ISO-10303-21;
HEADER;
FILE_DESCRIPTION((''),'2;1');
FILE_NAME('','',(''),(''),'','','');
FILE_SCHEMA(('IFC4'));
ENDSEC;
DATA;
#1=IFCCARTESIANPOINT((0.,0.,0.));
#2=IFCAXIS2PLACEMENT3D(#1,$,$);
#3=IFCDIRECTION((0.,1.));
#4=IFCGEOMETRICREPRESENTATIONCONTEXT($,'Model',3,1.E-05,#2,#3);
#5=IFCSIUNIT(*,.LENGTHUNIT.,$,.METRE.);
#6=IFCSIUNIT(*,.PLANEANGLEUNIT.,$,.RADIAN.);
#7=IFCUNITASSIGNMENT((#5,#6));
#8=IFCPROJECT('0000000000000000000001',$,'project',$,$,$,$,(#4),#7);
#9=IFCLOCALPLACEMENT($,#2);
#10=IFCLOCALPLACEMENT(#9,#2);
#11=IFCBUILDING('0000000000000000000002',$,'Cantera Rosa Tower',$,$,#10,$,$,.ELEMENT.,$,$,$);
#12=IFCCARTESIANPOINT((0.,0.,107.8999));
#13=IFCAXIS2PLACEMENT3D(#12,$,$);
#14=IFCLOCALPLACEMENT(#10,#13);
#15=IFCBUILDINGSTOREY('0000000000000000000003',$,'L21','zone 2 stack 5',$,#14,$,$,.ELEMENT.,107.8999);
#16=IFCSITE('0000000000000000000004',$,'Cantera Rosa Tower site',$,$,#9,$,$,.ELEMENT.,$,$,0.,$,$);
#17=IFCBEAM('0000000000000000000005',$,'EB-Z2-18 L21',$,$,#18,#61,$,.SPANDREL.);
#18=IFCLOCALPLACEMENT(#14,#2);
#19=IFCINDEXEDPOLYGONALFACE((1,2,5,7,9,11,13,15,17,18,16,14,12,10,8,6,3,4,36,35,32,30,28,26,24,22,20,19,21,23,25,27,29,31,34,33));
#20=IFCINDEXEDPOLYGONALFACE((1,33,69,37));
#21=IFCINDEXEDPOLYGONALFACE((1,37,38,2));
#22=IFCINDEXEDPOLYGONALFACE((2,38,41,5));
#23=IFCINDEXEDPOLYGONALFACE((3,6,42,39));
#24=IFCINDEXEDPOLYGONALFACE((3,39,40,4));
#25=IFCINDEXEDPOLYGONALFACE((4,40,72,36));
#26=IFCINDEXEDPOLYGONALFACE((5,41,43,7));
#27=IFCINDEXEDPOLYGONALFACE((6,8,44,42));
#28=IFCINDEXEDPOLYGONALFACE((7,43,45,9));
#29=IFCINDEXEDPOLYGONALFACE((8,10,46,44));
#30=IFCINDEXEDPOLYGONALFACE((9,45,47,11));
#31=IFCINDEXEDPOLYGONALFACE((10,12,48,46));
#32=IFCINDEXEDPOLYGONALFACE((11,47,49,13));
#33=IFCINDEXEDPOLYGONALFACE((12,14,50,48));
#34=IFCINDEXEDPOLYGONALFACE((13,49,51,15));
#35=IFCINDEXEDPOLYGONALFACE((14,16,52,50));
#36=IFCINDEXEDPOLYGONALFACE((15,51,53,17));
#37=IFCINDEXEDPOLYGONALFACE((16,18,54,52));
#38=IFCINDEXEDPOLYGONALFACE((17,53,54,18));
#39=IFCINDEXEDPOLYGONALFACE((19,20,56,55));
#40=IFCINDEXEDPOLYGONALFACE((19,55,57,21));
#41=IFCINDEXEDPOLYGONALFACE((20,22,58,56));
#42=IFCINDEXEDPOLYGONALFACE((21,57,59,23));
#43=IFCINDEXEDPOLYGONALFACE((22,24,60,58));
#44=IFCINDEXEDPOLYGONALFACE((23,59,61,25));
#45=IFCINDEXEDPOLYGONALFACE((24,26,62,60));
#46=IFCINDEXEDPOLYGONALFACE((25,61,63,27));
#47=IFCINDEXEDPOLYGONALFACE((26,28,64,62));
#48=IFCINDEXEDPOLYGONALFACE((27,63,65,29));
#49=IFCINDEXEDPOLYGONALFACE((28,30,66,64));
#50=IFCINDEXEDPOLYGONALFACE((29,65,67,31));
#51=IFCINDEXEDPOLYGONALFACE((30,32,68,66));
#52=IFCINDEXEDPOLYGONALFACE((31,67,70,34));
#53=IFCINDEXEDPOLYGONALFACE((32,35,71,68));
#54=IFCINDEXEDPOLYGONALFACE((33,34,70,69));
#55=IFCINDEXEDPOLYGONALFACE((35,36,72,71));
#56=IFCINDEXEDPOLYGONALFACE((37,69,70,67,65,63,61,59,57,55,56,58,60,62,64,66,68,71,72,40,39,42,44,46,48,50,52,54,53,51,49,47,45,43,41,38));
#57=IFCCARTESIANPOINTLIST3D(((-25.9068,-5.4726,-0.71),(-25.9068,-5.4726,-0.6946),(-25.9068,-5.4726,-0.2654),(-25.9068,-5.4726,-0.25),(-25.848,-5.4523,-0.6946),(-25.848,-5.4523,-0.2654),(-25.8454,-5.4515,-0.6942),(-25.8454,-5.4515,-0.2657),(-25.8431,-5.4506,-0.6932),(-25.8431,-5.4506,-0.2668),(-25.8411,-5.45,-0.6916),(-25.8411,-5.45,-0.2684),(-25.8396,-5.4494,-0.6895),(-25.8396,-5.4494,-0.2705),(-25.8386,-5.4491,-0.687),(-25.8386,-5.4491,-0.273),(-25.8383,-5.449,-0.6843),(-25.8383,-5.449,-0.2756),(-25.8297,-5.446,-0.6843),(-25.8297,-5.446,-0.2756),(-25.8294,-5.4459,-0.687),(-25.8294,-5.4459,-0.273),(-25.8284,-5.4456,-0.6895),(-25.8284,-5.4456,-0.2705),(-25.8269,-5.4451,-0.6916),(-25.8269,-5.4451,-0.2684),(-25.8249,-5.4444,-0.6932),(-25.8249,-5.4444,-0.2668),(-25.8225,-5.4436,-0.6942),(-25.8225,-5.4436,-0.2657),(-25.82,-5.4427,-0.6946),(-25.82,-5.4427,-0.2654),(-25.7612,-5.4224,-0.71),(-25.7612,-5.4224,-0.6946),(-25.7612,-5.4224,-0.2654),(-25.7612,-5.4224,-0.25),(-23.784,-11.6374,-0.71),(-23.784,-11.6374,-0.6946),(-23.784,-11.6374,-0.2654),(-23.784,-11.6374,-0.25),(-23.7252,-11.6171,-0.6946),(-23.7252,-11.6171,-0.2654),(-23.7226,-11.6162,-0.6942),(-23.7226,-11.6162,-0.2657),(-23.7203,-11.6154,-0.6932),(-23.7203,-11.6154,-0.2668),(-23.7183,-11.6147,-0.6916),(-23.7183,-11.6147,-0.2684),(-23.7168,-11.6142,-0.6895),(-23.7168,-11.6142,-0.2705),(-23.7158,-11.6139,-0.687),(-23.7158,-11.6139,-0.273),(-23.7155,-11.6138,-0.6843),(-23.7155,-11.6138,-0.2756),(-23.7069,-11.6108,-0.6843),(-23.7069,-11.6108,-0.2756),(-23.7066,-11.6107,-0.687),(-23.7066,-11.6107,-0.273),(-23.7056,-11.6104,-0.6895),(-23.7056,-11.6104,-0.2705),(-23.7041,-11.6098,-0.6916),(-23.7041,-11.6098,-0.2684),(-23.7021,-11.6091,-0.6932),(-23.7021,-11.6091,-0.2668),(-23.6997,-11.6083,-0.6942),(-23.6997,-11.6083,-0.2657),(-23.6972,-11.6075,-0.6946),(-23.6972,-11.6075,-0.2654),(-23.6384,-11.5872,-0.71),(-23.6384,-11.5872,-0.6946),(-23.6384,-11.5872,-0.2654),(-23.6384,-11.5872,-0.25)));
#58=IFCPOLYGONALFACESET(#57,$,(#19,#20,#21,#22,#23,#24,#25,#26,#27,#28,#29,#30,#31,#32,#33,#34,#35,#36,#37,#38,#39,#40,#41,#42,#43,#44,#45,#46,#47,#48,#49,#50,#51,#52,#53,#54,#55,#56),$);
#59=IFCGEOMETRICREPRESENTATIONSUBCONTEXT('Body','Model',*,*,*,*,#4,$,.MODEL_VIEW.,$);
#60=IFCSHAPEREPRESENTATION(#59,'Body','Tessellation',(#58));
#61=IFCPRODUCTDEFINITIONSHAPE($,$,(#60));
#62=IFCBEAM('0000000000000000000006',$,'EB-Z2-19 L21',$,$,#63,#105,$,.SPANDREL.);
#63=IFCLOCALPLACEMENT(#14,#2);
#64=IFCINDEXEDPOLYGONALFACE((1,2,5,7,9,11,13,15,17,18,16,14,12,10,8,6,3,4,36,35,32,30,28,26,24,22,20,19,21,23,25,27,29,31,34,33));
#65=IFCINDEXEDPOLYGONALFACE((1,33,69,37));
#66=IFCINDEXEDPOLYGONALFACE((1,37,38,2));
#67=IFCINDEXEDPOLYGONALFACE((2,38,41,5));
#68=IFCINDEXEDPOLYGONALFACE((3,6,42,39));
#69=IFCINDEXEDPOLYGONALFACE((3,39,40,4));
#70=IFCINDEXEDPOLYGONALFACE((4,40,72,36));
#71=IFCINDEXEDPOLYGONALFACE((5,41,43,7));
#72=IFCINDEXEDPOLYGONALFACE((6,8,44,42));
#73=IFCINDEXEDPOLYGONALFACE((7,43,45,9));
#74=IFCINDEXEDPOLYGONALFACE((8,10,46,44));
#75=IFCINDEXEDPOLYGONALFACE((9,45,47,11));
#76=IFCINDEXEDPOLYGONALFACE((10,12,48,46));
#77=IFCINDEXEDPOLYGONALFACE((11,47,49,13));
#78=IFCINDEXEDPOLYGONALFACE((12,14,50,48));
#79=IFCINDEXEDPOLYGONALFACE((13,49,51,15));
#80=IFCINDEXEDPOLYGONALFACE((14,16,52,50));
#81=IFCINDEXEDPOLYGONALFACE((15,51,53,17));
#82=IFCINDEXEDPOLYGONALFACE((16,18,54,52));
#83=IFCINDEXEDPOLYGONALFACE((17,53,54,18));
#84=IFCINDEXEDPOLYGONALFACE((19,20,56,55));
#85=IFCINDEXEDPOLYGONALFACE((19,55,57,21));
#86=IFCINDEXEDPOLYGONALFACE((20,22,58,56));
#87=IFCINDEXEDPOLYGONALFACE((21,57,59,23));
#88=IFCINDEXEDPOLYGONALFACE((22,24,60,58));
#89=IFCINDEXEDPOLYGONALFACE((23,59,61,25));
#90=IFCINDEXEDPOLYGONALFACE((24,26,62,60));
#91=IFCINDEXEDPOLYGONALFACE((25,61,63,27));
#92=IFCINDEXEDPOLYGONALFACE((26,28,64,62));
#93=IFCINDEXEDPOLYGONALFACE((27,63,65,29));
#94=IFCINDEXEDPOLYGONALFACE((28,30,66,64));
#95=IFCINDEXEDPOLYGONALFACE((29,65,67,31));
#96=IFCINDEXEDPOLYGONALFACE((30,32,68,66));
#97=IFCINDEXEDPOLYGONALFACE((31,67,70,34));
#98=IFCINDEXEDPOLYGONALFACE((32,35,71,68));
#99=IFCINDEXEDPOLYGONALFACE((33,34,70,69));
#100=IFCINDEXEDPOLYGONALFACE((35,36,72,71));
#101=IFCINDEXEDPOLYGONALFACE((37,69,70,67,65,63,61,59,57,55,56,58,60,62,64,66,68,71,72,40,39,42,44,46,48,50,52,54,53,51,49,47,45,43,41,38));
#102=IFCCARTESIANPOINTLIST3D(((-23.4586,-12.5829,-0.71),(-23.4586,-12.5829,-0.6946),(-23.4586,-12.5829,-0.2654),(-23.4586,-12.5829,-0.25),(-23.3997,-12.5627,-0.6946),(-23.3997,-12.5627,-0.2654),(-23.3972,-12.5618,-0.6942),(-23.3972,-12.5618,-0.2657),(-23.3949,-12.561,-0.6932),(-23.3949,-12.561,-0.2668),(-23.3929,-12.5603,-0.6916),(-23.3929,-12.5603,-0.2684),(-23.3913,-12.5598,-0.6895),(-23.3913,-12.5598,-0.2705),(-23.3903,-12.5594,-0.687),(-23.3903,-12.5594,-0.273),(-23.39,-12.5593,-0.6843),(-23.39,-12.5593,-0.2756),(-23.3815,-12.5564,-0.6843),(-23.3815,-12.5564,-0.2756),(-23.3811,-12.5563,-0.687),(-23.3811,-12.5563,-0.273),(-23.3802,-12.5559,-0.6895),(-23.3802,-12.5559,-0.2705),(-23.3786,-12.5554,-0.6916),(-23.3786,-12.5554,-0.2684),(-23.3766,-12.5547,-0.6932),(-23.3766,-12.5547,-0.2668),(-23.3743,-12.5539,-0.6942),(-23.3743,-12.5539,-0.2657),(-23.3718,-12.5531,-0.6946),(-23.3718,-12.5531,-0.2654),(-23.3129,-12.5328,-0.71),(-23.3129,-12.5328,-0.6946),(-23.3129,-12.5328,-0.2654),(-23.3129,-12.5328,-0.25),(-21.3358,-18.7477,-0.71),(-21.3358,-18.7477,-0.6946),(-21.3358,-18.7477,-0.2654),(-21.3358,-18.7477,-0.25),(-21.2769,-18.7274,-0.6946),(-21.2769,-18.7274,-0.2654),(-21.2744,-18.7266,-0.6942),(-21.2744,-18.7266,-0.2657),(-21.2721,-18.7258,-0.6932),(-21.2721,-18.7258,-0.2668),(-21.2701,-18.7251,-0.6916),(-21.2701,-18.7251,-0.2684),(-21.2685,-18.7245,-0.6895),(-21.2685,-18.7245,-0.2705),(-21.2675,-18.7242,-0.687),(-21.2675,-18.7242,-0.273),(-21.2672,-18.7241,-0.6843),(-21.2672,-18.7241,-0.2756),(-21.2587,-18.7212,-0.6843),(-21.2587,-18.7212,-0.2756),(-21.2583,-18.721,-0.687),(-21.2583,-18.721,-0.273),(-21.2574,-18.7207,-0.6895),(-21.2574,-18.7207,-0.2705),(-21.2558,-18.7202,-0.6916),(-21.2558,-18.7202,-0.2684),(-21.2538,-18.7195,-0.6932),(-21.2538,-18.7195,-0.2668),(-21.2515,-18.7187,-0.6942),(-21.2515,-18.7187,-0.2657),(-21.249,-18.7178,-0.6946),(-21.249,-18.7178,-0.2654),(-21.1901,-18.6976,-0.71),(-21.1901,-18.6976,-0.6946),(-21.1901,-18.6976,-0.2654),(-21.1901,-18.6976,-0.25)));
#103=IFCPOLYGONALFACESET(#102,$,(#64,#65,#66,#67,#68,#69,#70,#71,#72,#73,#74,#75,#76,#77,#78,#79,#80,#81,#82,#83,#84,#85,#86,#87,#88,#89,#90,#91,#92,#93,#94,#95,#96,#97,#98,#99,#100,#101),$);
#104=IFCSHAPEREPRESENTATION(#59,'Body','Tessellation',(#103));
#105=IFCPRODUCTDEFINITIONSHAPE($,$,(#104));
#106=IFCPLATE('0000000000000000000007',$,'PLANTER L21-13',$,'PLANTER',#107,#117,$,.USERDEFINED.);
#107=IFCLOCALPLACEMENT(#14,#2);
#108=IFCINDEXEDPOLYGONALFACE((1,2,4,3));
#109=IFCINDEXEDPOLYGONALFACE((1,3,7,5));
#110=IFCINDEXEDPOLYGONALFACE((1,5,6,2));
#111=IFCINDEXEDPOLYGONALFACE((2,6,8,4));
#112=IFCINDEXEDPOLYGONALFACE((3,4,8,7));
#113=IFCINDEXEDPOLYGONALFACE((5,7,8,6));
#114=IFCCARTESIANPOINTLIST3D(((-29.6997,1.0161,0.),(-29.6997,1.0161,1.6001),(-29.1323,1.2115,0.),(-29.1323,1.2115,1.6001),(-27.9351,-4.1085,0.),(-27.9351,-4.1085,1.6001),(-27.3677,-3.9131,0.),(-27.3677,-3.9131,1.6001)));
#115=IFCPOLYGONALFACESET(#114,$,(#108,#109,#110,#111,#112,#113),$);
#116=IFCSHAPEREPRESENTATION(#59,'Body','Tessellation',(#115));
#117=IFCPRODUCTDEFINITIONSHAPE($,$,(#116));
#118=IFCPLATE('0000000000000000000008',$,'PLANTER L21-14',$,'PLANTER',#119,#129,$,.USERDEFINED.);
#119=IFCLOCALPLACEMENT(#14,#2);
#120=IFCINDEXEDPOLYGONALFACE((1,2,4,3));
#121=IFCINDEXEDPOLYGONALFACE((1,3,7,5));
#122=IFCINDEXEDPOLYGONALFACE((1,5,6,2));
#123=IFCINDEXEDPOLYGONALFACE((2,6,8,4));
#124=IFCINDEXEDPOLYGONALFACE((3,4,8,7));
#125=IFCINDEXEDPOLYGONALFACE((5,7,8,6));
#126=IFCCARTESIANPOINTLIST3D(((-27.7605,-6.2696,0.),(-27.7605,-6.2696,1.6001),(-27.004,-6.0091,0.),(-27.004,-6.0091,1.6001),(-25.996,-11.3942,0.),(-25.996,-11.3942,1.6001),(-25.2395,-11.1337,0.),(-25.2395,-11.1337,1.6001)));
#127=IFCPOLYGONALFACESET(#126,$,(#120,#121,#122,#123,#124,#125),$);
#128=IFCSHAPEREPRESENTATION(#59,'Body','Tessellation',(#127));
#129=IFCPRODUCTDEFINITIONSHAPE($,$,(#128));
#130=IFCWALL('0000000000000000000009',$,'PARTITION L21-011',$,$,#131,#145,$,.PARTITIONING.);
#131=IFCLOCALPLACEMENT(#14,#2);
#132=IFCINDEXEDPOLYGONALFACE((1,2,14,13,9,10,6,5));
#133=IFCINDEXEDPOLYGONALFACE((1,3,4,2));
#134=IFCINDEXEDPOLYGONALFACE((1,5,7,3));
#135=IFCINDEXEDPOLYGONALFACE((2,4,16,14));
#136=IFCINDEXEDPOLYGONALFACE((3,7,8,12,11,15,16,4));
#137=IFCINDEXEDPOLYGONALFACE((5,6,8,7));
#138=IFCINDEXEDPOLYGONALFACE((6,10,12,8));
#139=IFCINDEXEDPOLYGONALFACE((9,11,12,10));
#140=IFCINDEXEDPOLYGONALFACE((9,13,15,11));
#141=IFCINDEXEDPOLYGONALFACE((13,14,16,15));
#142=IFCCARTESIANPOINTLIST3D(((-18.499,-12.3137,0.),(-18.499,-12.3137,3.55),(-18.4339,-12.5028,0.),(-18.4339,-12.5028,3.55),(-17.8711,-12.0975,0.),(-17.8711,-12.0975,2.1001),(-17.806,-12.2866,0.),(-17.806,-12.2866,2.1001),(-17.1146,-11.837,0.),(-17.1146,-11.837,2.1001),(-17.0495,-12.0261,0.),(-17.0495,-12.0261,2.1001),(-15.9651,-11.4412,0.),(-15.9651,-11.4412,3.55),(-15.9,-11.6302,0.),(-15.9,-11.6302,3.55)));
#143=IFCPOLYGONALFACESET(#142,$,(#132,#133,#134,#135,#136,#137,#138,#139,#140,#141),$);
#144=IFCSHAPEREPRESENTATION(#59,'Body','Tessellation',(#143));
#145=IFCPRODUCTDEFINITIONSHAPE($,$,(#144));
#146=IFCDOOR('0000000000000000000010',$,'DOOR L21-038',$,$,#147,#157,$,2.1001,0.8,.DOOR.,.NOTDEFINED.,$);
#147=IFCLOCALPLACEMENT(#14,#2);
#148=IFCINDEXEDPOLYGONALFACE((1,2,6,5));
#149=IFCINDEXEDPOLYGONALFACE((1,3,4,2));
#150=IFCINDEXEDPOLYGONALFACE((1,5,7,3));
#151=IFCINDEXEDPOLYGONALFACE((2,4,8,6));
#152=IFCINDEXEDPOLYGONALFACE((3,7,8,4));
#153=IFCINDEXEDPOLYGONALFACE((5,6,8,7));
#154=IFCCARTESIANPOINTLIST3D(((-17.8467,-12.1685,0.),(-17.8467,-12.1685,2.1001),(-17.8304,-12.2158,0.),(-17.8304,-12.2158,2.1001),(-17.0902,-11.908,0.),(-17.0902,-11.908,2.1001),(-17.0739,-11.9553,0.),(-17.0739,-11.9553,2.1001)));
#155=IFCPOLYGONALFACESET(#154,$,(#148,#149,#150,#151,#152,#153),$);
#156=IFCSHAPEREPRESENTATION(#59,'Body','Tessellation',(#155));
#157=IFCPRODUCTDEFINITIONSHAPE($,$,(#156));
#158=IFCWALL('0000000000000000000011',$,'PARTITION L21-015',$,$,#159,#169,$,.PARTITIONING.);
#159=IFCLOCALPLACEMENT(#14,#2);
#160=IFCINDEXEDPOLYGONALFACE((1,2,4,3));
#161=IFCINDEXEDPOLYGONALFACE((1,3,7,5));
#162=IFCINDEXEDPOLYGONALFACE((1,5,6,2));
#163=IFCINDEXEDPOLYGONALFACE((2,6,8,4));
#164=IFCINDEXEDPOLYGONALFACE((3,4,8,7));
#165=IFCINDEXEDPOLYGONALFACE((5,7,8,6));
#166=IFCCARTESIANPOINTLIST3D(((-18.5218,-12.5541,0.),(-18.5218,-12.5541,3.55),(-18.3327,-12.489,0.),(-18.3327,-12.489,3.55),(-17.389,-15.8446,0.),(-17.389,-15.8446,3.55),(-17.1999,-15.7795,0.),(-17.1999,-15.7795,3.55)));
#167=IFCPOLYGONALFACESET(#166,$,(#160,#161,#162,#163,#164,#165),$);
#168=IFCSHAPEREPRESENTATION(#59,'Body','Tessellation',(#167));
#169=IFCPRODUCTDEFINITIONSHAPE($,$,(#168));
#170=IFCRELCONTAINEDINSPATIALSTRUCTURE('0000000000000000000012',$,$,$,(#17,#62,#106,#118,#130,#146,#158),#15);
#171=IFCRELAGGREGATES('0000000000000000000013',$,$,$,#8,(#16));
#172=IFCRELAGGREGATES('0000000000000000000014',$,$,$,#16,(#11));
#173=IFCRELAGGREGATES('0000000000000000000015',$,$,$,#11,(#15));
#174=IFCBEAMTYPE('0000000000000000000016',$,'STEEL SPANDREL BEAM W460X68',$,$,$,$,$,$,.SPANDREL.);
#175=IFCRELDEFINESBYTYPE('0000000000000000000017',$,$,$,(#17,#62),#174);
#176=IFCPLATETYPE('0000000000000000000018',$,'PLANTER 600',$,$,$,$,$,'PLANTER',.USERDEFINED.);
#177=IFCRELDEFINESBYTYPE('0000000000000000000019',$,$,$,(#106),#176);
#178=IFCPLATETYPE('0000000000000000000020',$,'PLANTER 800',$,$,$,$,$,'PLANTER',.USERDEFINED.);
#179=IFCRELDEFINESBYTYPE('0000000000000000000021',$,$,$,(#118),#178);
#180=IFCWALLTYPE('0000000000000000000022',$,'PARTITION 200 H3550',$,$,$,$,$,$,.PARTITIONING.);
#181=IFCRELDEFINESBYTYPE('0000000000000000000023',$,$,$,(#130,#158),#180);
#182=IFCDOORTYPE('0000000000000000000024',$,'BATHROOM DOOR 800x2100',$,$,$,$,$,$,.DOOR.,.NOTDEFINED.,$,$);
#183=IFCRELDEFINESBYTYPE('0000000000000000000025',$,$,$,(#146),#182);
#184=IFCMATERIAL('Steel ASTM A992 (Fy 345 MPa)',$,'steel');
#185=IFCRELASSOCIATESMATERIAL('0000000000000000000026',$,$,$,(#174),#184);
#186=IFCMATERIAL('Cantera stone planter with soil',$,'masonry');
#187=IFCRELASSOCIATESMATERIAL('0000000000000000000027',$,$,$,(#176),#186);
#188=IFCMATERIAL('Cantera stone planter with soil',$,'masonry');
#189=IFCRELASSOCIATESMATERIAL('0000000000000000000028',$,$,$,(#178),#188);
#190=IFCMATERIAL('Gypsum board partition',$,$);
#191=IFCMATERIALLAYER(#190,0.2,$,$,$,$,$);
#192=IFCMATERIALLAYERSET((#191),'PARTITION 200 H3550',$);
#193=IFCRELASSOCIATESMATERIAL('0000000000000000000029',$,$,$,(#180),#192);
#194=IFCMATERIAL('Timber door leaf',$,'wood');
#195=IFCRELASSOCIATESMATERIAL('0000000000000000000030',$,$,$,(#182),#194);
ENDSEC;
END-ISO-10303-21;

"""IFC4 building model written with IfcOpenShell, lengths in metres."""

from ifc_helpers import new_model, si_unit, direction, frame, frame_2d, origin, origin_2d, place, context, subcontext, project, spatial, rectangle, i_section, extrude, material, layer, layer_set, material_profile, profile_set, type_object, element, fill, save


model = new_model("IFC4")

# Units and contexts
model_context = context("Model", 3, precision=1e-05, world=origin(), true_north=direction((0.0, 1.0)))
body_context = subcontext(model_context, "Body", "Model", "MODEL_VIEW")
ifc_project = project(units=[si_unit("LENGTHUNIT", "METRE"), si_unit("PLANEANGLEUNIT", "RADIAN")], contexts=[model_context])

# Site, building, storey
site_placement = place(None, origin())
site = spatial("IfcSite", under=ifc_project, at=site_placement, Name="Cantera Rosa Tower site", CompositionType="ELEMENT", RefElevation=0.0)
building_placement = place(site_placement, origin())
building = spatial("IfcBuilding", under=site, at=building_placement, Name="Cantera Rosa Tower", CompositionType="ELEMENT")
storey_placement = place(building_placement, frame((0.0, 0.0, 107.8999)))
storey = spatial("IfcBuildingStorey", under=building, at=storey_placement, Name="L21", Description="zone 2 stack 5", CompositionType="ELEMENT", Elevation=107.8999)

# Beams
ifc_material_1 = material(Name="Steel ASTM A992 (Fy 345 MPa)", Category="steel")
ifc_material_profile_1 = material_profile(ifc_material_1, i_section(OverallWidth=0.1541, OverallDepth=0.46, WebThickness=0.009, FlangeThickness=0.0154, FilletRadius=0.0103, at=origin_2d()), Name="W460X68")
ifc_profile_set_1 = profile_set([ifc_material_profile_1], Name="Steel ASTM A992 (Fy 345 MPa)")
beam_type_1 = type_object("IfcBeamType", Name="STEEL SPANDREL BEAM W460X68", PredefinedType="SPANDREL", material=ifc_profile_set_1)
for number, where, z_axis, x_axis, name in (
    (1, (-25.834, -5.4475, -0.48), (0.325581, -0.945514, 0.0), (0.945514, 0.325581, 0.0), "EB-Z2-18 L21"),
    (2, (-23.3857, -12.5579, -0.48), (0.325581, -0.945514, 0.0), (0.945514, 0.325581, 0.0), "EB-Z2-19 L21"),
):
    element("IfcBeam", number, at=place(storey_placement, frame(where, z_axis=z_axis, x_axis=x_axis)), inside=storey, type_object=beam_type_1, Name=name, PredefinedType="SPANDREL", context=body_context, shape_type="SweptSolid", body=[
        extrude(i_section(OverallWidth=0.1541, OverallDepth=0.46, WebThickness=0.009, FlangeThickness=0.0154, FilletRadius=0.0103, at=origin_2d()), origin(), (0.0, 0.0, 1.0), 6.52),
    ])

# Plates
ifc_material_2 = material(Name="Cantera stone planter with soil", Category="masonry")
plate_type_1 = type_object("IfcPlateType", Name="PLANTER 600", ElementType="PLANTER", PredefinedType="USERDEFINED", material=ifc_material_2)
plate_1_placement = place(storey_placement, frame((-28.5337, -1.4485, 0.0), z_axis=(0.0, 0.0, 1.0), x_axis=(0.325568, -0.945519, 0.0)))
element("IfcPlate", 3, at=plate_1_placement, inside=storey, type_object=plate_type_1, Name="PLANTER L21-13", ObjectType="PLANTER", PredefinedType="USERDEFINED", context=body_context, shape_type="SweptSolid", body=[
    extrude(rectangle(XDim=5.4199, YDim=0.6001, at=origin_2d()), origin(), (0.0, 0.0, 1.0), 1.6001),
])
ifc_material_3 = material(Name="Cantera stone planter with soil", Category="masonry")
plate_type_2 = type_object("IfcPlateType", Name="PLANTER 800", ElementType="PLANTER", PredefinedType="USERDEFINED", material=ifc_material_3)
plate_2_placement = place(storey_placement, frame((-26.5, -8.7017, 0.0), z_axis=(0.0, 0.0, 1.0), x_axis=(0.325568, -0.945519, 0.0)))
element("IfcPlate", 4, at=plate_2_placement, inside=storey, type_object=plate_type_2, Name="PLANTER L21-14", ObjectType="PLANTER", PredefinedType="USERDEFINED", context=body_context, shape_type="SweptSolid", body=[
    extrude(rectangle(XDim=5.4199, YDim=0.8, at=origin_2d()), origin(), (0.0, 0.0, 1.0), 1.6001),
])

# Wall, opening, door
ifc_material_4 = material(Name="Gypsum board partition")
ifc_layer_1 = layer(ifc_material_4, 0.2)
ifc_layer_set_1 = layer_set([ifc_layer_1], Name="PARTITION 200 H3550")
wall_type_1 = type_object("IfcWallType", Name="PARTITION 200 H3550", PredefinedType="PARTITIONING", material=ifc_layer_set_1)
wall_1_placement = place(storey_placement, frame((-18.4663, -12.4082, 0.0), z_axis=(0.0, 0.0, 1.0), x_axis=(0.945512, 0.325586, 0.0)))
wall_1 = element("IfcWall", 5, at=wall_1_placement, inside=storey, type_object=wall_type_1, Name="PARTITION L21-011", PredefinedType="PARTITIONING", context=body_context, shape_type="SweptSolid", body=[
    extrude(rectangle(XDim=2.6799, YDim=0.2, at=frame_2d((1.3398, 0.0))), origin(), (0.0, 0.0, 1.0), 3.55),
])
opening_1_placement = place(wall_1_placement, frame((0.6641, 0.0, 0.0)))
opening_1 = element("IfcOpeningElement", 6, at=opening_1_placement, cuts=wall_1, PredefinedType="OPENING", context=body_context, shape_type="SweptSolid", body=[
    extrude(rectangle(XDim=0.8, YDim=2.1001, at=frame_2d((0.3999, 1.05))), frame((0.0, 0.1099, 0.0), z_axis=(0.0, -1.0, 0.0), x_axis=(1.0, 0.0, 0.0)), (0.0, 0.0, 1.0), 0.22),
])
ifc_material_5 = material(Name="Timber door leaf", Category="wood")
door_type_1 = type_object("IfcDoorType", Name="BATHROOM DOOR 800x2100", OperationType="NOTDEFINED", PredefinedType="DOOR", material=ifc_material_5)
door_1_placement = place(opening_1_placement, origin())
door_1 = element("IfcDoor", 7, at=door_1_placement, inside=storey, type_object=door_type_1, Name="DOOR L21-038", OperationType="NOTDEFINED", OverallHeight=2.1001, OverallWidth=0.8, PredefinedType="DOOR", context=body_context, shape_type="SweptSolid", body=[
    extrude(rectangle(XDim=0.8, YDim=2.1001, at=frame_2d((0.3999, 1.05))), frame((0.0, 0.0249, 0.0), z_axis=(0.0, -1.0, 0.0), x_axis=(1.0, 0.0, 0.0)), (0.0, 0.0, 1.0), 0.05),
])
fill(opening_1, door_1)

# Wall
wall_2_placement = place(storey_placement, frame((-17.2944, -15.812, 0.0), z_axis=(0.0, 0.0, 1.0), x_axis=(-0.325515, 0.945537, 0.0)))
element("IfcWall", 8, at=wall_2_placement, inside=storey, type_object=wall_type_1, Name="PARTITION L21-015", PredefinedType="PARTITIONING", context=body_context, shape_type="SweptSolid", body=[
    extrude(rectangle(XDim=3.48, YDim=0.2, at=frame_2d((1.74, 0.0))), origin(), (0.0, 0.0, 1.0), 3.55),
])

save(model, "model.ifc")
